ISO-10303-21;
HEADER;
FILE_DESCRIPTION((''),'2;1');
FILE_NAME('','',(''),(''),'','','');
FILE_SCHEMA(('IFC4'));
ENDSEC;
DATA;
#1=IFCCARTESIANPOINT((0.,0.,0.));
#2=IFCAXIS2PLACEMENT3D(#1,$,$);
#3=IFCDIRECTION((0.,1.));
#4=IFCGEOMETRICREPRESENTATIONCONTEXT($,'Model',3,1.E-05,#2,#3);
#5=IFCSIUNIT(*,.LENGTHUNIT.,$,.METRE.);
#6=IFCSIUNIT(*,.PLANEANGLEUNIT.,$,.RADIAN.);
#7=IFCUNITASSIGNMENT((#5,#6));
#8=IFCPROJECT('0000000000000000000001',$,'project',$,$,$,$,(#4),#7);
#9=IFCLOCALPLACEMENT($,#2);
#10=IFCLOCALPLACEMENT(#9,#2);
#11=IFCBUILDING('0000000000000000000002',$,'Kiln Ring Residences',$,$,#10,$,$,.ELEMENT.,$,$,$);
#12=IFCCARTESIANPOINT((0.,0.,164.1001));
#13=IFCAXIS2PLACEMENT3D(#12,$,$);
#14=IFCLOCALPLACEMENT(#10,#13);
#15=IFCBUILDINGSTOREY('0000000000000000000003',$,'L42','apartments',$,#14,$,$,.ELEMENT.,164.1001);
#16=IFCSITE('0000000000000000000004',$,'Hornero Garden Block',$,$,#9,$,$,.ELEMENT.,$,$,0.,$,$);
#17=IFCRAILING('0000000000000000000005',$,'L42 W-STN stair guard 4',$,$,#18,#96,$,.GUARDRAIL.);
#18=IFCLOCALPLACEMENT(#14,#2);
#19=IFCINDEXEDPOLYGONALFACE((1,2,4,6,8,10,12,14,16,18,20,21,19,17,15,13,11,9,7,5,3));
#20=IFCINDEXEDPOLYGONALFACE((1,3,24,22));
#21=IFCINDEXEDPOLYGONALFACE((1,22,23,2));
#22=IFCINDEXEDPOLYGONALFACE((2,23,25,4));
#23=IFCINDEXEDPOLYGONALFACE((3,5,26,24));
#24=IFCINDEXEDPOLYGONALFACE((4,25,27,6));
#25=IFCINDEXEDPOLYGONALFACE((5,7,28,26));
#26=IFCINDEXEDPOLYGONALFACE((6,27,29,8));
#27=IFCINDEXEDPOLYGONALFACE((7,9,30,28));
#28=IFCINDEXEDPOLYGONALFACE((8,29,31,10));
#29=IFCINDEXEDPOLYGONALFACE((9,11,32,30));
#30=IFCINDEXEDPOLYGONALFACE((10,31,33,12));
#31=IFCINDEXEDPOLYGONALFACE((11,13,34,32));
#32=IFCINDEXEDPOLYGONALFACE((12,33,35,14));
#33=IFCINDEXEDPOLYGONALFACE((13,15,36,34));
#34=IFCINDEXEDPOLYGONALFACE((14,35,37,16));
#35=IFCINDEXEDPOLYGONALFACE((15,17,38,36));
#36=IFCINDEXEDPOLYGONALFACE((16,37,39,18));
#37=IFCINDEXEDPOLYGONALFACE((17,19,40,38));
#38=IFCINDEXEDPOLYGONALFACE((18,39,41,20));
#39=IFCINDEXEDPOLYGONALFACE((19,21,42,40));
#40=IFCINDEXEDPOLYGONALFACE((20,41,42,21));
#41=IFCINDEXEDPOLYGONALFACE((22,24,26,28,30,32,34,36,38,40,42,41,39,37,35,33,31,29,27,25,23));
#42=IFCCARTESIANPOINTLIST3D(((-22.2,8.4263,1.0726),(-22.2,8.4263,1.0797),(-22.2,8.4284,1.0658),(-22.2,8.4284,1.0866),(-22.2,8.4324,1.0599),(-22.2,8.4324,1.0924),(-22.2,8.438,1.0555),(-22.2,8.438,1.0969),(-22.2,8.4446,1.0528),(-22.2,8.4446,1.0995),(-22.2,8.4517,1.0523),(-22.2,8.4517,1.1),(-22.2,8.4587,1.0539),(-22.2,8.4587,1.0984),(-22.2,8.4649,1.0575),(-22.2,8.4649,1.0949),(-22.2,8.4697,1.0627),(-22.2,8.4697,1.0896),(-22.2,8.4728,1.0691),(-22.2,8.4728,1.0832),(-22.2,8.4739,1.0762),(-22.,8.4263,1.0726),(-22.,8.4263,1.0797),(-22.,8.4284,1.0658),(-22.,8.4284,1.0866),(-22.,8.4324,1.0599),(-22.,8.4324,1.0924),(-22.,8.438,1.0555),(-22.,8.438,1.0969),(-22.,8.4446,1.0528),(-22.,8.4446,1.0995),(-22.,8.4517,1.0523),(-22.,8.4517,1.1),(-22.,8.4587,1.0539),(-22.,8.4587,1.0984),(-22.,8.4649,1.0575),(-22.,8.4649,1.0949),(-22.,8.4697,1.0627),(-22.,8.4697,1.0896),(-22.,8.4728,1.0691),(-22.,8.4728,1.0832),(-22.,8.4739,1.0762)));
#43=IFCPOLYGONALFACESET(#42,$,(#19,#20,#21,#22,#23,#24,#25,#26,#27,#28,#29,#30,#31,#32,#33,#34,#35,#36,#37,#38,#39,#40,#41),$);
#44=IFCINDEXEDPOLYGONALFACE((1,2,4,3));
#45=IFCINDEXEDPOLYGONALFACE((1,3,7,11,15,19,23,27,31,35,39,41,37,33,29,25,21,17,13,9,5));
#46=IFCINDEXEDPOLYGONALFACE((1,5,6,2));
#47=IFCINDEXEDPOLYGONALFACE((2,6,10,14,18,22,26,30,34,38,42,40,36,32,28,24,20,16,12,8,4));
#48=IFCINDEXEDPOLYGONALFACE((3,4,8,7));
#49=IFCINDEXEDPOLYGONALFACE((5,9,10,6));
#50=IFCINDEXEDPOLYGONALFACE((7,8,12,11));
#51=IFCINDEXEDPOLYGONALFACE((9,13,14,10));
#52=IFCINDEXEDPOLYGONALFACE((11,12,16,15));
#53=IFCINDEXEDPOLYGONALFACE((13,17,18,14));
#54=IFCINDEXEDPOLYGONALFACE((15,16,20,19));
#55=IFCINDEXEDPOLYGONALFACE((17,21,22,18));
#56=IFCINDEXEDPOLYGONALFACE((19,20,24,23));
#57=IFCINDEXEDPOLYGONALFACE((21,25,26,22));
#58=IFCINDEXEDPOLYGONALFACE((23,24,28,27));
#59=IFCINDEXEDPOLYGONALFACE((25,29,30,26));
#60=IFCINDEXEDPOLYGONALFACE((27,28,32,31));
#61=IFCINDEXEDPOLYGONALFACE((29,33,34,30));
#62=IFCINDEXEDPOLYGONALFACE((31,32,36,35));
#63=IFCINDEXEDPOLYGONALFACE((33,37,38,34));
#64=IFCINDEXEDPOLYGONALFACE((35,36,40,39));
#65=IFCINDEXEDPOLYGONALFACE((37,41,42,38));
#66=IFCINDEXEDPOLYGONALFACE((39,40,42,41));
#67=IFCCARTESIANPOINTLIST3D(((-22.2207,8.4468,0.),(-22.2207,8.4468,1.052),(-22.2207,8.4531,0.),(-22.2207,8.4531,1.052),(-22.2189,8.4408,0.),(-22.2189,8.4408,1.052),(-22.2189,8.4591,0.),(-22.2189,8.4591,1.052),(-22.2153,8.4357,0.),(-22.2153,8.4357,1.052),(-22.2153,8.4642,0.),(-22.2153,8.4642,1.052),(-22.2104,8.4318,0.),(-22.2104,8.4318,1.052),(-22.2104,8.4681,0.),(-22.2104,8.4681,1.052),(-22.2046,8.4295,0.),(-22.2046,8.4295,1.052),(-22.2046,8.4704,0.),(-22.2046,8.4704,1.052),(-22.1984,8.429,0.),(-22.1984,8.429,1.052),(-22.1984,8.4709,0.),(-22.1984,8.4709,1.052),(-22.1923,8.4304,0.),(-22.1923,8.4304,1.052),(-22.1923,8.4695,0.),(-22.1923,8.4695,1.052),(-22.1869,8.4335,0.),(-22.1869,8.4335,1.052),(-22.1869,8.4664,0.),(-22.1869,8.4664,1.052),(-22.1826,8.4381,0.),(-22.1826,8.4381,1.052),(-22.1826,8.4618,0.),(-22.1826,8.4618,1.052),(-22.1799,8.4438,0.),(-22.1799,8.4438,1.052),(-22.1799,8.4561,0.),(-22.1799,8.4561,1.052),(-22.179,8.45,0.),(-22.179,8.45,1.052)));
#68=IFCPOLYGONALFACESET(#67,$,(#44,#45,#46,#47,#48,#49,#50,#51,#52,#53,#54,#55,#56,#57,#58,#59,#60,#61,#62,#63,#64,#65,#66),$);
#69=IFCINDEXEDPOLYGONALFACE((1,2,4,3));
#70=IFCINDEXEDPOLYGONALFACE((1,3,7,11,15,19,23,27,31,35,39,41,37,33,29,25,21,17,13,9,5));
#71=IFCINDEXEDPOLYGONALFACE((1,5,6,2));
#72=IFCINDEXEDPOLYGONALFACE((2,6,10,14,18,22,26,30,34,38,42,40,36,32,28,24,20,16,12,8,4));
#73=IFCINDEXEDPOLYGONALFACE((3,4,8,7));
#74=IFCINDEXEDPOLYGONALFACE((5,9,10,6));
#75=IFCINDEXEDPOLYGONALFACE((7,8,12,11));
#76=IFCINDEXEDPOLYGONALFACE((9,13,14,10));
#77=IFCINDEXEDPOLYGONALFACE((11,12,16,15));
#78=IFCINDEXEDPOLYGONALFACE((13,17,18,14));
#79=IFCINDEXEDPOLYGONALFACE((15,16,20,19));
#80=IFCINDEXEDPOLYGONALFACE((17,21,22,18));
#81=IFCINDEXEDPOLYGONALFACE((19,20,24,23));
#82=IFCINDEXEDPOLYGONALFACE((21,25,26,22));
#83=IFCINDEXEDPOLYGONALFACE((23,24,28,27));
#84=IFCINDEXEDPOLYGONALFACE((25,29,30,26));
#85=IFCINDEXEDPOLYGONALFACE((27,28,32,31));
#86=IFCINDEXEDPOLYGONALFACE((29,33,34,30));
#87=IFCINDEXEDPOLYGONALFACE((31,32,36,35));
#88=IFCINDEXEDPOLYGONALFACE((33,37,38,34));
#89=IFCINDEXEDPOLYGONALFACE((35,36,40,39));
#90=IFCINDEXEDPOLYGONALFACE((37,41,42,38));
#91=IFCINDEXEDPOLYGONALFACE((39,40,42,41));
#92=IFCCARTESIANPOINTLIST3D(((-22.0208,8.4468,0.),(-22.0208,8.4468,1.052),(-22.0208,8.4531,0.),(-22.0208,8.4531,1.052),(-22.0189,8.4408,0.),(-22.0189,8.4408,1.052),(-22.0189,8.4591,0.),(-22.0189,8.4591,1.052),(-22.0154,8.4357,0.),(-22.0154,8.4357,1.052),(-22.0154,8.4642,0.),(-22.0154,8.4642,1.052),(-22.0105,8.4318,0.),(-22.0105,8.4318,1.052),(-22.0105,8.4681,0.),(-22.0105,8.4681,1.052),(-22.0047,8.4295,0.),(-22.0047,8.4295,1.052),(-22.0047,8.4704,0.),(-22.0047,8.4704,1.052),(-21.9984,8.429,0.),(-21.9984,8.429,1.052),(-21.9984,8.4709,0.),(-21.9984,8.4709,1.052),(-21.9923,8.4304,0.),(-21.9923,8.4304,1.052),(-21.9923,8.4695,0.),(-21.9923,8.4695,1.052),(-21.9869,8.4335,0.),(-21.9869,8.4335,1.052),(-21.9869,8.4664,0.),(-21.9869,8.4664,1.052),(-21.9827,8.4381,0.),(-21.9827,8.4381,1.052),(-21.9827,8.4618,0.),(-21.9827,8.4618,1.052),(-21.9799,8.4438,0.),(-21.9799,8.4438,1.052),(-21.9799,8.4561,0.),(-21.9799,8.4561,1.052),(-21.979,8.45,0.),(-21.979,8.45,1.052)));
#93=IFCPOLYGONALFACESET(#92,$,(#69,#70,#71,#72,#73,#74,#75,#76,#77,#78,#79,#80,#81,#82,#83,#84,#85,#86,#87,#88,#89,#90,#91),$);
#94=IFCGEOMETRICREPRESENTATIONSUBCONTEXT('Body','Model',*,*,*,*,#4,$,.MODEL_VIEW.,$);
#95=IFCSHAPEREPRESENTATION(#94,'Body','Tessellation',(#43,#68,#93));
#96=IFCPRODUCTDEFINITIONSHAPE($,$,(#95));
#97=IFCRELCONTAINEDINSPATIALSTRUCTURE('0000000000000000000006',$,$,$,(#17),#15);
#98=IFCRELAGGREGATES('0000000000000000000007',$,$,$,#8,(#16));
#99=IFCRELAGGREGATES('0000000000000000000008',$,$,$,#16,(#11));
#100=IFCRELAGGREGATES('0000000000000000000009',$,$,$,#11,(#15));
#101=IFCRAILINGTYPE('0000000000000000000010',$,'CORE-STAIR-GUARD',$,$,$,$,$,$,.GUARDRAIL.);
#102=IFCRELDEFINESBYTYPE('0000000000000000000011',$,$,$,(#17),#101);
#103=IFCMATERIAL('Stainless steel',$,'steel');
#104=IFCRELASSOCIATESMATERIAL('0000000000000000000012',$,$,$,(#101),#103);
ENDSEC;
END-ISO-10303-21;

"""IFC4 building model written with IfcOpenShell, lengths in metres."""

from ifc_helpers import new_model, si_unit, direction, frame, origin, origin_2d, place, context, subcontext, project, spatial, circle, extrude, material, type_object, element, save


model = new_model("IFC4")

# Units and contexts
model_context = context("Model", 3, precision=1e-05, world=origin(), true_north=direction((0.0, 1.0)))
body_context = subcontext(model_context, "Body", "Model", "MODEL_VIEW")
ifc_project = project(units=[si_unit("LENGTHUNIT", "METRE"), si_unit("PLANEANGLEUNIT", "RADIAN")], contexts=[model_context])

# Site, building, storey
site_placement = place(None, origin())
site = spatial("IfcSite", under=ifc_project, at=site_placement, Name="Hornero Garden Block", CompositionType="ELEMENT", RefElevation=0.0)
building_placement = place(site_placement, origin())
building = spatial("IfcBuilding", under=site, at=building_placement, Name="Kiln Ring Residences", CompositionType="ELEMENT")
storey_placement = place(building_placement, frame((0.0, 0.0, 164.1001)))
storey = spatial("IfcBuildingStorey", under=building, at=storey_placement, Name="L42", Description="apartments", CompositionType="ELEMENT", Elevation=164.1001)

# Railing
ifc_material_1 = material(Name="Stainless steel", Category="steel")
railing_type_1 = type_object("IfcRailingType", Name="CORE-STAIR-GUARD", PredefinedType="GUARDRAIL", material=ifc_material_1)
railing_1_placement = place(storey_placement, frame((-22.2, 8.45, 0.0)))
element("IfcRailing", 1, at=railing_1_placement, inside=storey, type_object=railing_type_1, Name="L42 W-STN stair guard 4", PredefinedType="GUARDRAIL", context=body_context, shape_type="SweptSolid", body=[
    extrude(circle(Radius=0.0239, at=origin_2d()), frame((0.0, 0.0, 1.0762), z_axis=(1.0, 0.0, 0.0), x_axis=(0.0, 1.0, 0.0)), (0.0, 0.0, 1.0), 0.2),
    extrude(circle(Radius=0.021, at=origin_2d()), origin(), (0.0, 0.0, 1.0), 1.052),
    extrude(circle(Radius=0.021, at=origin_2d()), frame((0.2, 0.0, 0.0)), (0.0, 0.0, 1.0), 1.052),
])

save(model, "model.ifc")
